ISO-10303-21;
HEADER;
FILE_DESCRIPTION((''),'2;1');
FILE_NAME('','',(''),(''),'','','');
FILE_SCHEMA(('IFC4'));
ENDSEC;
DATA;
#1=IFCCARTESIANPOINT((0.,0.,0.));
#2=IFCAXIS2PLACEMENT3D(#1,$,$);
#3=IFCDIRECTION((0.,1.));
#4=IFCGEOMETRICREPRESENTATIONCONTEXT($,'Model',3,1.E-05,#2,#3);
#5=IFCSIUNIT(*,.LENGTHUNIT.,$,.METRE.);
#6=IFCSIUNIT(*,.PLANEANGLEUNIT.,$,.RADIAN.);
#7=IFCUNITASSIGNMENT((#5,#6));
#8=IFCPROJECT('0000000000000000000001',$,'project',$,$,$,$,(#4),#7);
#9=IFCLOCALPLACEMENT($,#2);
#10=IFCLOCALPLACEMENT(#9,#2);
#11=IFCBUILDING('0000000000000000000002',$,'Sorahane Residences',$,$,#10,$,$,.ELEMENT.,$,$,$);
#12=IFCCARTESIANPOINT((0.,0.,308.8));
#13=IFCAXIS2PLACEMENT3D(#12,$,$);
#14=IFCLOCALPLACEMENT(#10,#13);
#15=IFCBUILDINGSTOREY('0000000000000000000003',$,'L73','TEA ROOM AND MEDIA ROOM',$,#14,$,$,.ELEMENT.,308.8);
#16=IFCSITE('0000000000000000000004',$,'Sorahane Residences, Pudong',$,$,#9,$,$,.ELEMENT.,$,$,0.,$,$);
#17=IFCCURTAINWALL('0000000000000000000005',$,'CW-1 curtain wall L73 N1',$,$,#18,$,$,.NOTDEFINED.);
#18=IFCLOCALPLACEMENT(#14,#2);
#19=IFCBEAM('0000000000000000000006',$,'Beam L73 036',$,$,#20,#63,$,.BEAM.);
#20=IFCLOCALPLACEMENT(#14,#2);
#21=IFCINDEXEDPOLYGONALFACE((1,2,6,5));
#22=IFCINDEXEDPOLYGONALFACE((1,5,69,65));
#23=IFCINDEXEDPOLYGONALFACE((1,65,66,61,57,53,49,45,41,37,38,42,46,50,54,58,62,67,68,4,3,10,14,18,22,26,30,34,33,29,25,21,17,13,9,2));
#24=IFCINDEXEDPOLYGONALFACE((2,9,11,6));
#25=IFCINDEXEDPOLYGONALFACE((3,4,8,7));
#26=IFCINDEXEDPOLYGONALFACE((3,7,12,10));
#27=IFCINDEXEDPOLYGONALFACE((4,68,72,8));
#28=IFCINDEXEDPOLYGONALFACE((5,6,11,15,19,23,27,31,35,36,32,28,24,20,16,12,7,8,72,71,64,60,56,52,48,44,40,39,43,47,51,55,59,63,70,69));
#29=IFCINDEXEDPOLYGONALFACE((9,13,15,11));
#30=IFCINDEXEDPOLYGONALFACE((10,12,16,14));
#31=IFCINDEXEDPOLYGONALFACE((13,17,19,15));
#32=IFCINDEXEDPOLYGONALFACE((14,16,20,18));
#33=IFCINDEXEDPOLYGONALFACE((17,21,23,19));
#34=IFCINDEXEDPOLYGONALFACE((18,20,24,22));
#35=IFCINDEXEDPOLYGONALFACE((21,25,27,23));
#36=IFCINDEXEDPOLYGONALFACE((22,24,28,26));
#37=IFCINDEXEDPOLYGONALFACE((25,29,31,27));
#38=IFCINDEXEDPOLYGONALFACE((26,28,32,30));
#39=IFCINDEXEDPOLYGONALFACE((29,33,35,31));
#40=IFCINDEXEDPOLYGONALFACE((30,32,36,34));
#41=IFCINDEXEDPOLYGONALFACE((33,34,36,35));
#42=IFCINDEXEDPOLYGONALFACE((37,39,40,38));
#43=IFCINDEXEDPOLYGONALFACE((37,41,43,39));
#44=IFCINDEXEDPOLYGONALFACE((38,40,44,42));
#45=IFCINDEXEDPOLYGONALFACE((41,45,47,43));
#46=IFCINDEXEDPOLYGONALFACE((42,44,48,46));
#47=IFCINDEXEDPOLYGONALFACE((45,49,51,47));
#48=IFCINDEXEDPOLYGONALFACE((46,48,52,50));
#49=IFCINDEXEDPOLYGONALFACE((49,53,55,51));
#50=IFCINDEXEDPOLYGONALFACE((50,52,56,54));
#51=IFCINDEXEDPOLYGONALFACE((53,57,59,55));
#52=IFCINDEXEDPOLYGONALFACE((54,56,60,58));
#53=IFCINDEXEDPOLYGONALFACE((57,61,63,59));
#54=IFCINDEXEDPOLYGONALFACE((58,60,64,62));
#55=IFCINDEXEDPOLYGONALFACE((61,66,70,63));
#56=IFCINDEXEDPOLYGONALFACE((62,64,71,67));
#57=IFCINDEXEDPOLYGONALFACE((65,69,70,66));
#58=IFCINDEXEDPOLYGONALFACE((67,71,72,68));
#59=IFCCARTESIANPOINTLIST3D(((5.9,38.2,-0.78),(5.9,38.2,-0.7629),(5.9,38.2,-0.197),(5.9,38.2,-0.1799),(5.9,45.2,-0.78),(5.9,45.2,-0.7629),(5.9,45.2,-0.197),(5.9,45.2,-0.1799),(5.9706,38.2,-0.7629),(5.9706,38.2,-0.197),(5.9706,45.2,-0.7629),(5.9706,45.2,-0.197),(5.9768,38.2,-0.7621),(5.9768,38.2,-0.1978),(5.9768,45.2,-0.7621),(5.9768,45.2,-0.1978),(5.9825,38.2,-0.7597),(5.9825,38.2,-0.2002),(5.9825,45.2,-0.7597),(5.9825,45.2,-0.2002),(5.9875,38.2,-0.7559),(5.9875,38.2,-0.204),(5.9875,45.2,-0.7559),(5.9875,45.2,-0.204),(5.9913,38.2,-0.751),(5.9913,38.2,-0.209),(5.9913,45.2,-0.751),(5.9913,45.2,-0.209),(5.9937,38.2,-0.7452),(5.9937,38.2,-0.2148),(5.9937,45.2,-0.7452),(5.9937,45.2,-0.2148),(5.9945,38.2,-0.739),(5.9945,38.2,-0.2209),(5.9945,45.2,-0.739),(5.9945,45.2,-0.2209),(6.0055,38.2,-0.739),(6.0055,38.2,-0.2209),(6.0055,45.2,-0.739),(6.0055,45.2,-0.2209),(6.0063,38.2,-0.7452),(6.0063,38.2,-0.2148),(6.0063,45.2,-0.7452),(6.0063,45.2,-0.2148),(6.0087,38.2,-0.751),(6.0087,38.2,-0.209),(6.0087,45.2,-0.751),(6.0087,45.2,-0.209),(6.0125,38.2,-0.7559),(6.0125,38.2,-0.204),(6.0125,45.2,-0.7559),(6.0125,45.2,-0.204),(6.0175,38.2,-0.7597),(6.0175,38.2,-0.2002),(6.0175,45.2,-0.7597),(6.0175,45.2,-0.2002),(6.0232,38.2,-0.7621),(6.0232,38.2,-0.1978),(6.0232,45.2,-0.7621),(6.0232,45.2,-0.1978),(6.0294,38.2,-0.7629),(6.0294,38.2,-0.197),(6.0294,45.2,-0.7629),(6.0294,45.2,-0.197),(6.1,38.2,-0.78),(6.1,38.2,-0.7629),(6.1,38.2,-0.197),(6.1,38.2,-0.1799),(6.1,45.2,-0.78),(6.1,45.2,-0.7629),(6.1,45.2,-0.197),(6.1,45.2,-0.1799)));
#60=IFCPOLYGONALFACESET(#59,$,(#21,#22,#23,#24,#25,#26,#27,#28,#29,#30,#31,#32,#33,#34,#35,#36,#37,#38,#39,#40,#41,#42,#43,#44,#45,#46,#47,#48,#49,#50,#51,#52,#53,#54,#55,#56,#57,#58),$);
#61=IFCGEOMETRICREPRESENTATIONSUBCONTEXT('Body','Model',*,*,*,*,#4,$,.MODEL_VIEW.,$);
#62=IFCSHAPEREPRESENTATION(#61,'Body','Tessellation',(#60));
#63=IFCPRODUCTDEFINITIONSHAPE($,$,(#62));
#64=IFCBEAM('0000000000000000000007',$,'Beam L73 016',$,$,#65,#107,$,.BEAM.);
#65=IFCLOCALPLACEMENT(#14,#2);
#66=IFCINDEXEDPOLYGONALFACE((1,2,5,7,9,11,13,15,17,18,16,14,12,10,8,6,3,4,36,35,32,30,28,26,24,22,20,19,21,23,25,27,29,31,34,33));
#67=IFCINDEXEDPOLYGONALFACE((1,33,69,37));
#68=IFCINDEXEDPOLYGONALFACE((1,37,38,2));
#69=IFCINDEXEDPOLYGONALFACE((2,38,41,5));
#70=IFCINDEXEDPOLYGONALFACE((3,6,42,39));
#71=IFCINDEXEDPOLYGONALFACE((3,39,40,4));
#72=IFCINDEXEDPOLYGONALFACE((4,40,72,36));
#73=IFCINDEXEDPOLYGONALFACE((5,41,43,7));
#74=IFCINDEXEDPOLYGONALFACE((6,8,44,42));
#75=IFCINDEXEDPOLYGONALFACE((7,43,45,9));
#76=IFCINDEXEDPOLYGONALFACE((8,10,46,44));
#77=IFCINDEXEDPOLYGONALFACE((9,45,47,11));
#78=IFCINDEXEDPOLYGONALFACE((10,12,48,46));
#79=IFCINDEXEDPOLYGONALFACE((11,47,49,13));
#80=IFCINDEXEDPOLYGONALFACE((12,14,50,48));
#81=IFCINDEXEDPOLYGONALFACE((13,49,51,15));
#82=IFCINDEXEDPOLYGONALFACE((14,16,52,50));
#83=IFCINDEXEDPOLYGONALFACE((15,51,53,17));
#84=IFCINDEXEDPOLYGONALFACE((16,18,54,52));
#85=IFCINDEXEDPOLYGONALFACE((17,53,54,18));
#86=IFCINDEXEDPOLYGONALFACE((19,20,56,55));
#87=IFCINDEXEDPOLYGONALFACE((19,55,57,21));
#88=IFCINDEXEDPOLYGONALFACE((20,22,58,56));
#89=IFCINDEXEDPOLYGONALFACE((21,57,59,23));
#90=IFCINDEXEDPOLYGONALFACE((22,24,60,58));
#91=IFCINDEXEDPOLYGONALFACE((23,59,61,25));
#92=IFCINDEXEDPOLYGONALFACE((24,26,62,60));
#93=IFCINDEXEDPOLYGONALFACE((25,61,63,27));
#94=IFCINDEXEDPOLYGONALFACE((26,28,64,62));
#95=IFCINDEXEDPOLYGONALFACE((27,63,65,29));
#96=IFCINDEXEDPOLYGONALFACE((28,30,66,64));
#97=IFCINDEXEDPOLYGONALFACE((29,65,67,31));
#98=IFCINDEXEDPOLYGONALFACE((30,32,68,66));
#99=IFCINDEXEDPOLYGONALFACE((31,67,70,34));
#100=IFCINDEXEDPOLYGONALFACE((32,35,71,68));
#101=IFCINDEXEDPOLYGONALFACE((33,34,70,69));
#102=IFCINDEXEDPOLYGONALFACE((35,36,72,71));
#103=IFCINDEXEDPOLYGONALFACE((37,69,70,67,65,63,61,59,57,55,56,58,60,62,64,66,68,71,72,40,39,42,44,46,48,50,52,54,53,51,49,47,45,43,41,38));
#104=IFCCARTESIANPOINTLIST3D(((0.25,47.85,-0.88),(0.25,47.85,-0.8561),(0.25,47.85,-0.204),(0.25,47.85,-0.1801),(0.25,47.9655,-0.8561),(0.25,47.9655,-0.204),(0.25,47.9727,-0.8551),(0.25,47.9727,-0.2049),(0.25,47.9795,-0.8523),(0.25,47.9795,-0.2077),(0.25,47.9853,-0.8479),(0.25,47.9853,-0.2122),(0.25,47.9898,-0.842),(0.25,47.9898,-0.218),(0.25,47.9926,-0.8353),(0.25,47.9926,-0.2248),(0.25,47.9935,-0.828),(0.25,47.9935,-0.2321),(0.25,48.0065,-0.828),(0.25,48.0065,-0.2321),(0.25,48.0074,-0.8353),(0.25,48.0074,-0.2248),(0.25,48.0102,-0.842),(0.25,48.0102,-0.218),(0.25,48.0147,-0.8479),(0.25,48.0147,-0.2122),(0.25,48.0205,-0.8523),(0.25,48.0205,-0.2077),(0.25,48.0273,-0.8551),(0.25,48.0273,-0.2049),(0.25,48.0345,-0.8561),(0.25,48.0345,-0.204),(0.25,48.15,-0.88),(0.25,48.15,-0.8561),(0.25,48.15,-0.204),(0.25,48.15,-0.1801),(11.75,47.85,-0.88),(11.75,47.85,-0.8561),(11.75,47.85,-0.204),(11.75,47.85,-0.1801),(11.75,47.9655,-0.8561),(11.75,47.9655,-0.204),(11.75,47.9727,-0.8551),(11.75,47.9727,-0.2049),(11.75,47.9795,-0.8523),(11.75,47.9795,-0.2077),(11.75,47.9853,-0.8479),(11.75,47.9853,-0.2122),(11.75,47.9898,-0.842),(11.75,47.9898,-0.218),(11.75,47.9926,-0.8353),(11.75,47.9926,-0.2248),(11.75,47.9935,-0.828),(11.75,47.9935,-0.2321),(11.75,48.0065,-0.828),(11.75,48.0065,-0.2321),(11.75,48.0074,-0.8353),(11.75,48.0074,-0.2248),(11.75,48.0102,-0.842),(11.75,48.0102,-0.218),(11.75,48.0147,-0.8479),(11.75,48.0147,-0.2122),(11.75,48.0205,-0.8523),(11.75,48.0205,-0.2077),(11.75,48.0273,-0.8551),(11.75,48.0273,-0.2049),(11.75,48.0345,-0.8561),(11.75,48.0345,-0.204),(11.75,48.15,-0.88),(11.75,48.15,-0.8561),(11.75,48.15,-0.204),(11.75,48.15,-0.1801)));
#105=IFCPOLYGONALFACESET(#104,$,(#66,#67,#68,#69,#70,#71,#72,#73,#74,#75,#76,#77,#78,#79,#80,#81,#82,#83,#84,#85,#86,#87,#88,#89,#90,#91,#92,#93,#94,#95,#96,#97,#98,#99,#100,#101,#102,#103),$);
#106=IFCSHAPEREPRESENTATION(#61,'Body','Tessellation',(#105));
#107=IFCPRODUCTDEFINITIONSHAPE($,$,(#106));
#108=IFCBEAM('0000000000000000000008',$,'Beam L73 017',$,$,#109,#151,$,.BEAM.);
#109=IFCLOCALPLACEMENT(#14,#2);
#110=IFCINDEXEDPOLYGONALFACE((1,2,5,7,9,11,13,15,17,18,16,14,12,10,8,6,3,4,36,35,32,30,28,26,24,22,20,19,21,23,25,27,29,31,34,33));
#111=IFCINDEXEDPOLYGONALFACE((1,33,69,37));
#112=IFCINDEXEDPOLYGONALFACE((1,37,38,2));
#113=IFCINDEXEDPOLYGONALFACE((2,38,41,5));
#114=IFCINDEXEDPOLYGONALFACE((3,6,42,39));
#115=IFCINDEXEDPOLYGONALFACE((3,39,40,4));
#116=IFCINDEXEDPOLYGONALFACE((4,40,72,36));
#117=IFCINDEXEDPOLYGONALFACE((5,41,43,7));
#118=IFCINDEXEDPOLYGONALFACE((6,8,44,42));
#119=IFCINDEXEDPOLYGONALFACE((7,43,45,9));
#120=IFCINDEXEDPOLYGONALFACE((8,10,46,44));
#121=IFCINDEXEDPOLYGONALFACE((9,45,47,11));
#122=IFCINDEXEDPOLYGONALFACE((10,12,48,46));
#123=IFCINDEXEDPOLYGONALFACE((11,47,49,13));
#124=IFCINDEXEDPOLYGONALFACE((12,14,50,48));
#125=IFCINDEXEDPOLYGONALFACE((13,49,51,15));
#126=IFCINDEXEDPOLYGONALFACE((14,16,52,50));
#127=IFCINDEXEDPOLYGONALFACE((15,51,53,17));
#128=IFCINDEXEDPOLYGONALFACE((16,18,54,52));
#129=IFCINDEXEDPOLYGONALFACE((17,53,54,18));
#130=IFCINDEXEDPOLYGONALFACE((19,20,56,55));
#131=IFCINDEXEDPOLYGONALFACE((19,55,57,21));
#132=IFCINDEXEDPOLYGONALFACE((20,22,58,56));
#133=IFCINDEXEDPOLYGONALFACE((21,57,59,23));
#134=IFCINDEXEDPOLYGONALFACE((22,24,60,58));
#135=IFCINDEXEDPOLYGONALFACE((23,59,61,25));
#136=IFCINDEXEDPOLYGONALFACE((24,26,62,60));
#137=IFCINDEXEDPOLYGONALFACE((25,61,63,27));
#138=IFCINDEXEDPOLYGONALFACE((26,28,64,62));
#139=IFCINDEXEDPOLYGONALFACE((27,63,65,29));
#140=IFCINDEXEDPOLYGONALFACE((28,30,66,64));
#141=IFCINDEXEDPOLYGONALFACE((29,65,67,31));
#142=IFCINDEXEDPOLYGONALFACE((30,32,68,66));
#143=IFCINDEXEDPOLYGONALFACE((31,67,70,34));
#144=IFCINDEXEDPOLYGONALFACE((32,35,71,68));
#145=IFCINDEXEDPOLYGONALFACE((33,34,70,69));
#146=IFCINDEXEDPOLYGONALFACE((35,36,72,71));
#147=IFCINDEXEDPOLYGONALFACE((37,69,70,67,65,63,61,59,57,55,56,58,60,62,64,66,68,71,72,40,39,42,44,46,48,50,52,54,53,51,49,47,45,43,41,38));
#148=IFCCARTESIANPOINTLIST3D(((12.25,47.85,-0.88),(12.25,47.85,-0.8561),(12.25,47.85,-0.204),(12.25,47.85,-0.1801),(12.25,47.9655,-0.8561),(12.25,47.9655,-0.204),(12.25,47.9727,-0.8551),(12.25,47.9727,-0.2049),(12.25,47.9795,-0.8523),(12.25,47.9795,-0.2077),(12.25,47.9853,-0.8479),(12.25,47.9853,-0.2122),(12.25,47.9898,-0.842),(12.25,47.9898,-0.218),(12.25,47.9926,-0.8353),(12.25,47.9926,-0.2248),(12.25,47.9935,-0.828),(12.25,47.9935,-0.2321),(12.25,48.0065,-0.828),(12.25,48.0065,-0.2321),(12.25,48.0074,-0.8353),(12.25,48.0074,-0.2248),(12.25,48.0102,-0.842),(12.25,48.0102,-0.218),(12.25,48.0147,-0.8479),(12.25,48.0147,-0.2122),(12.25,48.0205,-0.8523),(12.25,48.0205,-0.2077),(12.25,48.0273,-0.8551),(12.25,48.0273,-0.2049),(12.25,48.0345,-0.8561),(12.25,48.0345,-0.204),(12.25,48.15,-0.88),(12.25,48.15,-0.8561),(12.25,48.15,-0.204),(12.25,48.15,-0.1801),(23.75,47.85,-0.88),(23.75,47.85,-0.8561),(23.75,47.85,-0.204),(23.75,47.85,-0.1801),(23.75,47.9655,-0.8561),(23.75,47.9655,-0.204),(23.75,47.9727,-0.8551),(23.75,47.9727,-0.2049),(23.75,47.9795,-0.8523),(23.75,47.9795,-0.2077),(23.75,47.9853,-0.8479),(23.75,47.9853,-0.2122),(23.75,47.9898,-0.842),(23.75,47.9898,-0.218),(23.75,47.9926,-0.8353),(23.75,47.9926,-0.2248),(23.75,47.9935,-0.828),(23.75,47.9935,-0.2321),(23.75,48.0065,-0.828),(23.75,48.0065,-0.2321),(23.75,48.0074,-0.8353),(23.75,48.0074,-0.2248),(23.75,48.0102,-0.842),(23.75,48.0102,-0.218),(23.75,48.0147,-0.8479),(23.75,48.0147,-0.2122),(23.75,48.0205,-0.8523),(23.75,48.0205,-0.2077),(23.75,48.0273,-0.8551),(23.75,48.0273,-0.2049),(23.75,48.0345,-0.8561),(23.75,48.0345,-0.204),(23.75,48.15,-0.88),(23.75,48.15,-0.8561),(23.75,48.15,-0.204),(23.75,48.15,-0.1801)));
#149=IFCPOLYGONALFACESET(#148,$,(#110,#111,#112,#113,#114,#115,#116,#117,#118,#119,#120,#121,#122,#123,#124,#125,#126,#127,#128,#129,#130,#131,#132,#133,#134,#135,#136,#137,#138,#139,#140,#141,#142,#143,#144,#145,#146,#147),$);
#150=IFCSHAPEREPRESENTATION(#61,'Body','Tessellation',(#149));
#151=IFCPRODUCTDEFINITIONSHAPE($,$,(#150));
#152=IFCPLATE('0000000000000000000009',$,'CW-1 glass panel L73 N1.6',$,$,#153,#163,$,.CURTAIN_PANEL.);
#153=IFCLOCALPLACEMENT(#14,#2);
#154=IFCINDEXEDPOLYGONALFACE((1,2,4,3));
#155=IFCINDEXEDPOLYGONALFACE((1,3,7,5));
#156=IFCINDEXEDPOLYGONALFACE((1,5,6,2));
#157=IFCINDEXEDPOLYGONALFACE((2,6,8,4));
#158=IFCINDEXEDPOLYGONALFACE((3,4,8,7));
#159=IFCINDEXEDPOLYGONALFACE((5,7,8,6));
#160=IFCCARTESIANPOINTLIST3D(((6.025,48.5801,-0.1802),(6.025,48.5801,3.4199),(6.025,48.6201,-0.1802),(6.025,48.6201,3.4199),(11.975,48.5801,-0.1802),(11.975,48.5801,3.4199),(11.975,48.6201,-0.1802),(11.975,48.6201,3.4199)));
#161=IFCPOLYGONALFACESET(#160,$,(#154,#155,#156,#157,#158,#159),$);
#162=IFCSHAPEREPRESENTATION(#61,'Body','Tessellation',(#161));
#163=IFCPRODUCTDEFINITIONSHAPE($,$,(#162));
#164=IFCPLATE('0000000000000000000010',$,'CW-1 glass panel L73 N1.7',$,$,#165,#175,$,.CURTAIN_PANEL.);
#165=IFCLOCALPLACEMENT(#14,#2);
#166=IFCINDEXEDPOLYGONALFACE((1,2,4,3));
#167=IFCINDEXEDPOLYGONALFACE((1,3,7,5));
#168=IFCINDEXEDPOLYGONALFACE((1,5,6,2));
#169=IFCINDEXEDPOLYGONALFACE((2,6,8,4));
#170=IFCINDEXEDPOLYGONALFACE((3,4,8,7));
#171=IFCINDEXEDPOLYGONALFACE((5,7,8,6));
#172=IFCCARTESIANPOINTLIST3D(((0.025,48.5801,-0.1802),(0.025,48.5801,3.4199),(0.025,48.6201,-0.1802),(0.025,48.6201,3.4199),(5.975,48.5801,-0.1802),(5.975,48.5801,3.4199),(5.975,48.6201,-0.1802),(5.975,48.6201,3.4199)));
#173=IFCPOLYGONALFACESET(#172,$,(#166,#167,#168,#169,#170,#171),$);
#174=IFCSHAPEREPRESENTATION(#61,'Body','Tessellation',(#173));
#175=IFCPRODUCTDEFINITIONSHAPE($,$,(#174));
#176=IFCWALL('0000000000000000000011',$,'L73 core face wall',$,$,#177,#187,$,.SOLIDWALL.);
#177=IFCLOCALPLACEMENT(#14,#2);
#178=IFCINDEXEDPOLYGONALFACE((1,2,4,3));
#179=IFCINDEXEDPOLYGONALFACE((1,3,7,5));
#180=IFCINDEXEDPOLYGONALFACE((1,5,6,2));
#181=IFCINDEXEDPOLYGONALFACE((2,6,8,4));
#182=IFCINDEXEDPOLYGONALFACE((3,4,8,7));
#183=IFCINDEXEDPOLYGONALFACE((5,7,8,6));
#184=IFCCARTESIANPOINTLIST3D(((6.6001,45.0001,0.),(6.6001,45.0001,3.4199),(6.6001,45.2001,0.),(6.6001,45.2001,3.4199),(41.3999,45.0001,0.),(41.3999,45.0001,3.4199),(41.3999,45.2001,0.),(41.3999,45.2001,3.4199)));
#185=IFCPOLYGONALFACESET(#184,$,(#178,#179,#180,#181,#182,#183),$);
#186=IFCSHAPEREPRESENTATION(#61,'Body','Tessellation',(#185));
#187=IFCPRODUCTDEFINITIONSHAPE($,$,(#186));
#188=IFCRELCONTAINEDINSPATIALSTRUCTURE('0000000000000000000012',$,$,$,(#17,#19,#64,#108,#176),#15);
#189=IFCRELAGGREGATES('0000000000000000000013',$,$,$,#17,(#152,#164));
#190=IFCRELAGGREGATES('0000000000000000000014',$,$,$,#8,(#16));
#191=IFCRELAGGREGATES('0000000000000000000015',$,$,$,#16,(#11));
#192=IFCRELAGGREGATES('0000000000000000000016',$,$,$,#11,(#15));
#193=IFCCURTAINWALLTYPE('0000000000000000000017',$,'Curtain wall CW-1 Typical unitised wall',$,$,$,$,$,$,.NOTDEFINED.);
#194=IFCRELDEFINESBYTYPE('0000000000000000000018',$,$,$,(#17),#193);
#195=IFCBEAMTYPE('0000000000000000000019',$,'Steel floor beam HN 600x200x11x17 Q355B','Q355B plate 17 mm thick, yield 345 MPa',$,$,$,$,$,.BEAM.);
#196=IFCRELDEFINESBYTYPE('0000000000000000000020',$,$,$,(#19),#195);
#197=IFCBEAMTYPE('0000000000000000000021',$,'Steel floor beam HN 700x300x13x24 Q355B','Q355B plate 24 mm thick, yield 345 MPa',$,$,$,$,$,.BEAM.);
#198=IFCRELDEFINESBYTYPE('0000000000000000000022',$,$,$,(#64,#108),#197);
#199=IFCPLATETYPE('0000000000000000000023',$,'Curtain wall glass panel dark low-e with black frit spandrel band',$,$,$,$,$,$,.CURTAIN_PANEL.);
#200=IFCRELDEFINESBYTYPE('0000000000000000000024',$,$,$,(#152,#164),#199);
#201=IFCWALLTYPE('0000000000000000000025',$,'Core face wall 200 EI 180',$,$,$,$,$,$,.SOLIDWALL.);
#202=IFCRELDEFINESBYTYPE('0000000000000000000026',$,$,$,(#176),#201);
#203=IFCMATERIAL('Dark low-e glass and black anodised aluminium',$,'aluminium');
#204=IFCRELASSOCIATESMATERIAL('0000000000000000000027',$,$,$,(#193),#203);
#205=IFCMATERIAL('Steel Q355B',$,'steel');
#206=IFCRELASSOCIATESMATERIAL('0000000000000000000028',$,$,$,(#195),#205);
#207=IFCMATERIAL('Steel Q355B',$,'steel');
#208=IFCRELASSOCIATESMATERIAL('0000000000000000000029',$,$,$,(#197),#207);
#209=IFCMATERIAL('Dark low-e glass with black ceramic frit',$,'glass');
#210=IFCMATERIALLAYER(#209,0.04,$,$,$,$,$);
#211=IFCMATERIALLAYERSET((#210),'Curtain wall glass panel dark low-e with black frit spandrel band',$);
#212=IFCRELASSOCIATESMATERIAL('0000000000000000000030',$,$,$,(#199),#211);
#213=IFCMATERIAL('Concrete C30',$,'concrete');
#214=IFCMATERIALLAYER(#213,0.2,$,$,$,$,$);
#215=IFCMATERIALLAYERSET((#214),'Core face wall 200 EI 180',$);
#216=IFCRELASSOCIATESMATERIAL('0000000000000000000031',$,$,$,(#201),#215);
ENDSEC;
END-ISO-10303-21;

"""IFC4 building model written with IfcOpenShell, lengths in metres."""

from ifc_helpers import new_model, si_unit, direction, frame, frame_2d, origin, origin_2d, place, context, subcontext, project, spatial, rectangle, i_section, extrude, material, layer, layer_set, material_profile, profile_set, type_object, element, aggregate, save


model = new_model("IFC4")

# Units and contexts
model_context = context("Model", 3, precision=1e-05, world=origin(), true_north=direction((0.0, 1.0)))
body_context = subcontext(model_context, "Body", "Model", "MODEL_VIEW")
ifc_project = project(units=[si_unit("LENGTHUNIT", "METRE"), si_unit("PLANEANGLEUNIT", "RADIAN")], contexts=[model_context])

# Site, building, storey
site_placement = place(None, origin())
site = spatial("IfcSite", under=ifc_project, at=site_placement, Name="Sorahane Residences, Pudong", CompositionType="ELEMENT", RefElevation=0.0)
building_placement = place(site_placement, origin())
building = spatial("IfcBuilding", under=site, at=building_placement, Name="Sorahane Residences", CompositionType="ELEMENT")
storey_placement = place(building_placement, frame((0.0, 0.0, 308.8)))
storey = spatial("IfcBuildingStorey", under=building, at=storey_placement, Name="L73", Description="TEA ROOM AND MEDIA ROOM", CompositionType="ELEMENT", Elevation=308.8)

# Curtain wall
ifc_material_1 = material(Name="Dark low-e glass and black anodised aluminium", Category="aluminium")
curtain_wall_type = type_object("IfcCurtainWallType", Name="Curtain wall CW-1 Typical unitised wall", PredefinedType="NOTDEFINED", material=ifc_material_1)
curtain_wall_placement = place(storey_placement, origin())
curtain_wall = element("IfcCurtainWall", 1, at=curtain_wall_placement, inside=storey, type_object=curtain_wall_type, Name="CW-1 curtain wall L73 N1", PredefinedType="NOTDEFINED")

# Beams
ifc_material_2 = material(Name="Steel Q355B", Category="steel")
ifc_material_profile_1 = material_profile(ifc_material_2, i_section(OverallWidth=0.2, OverallDepth=0.6001, WebThickness=0.011, FlangeThickness=0.0171, FilletRadius=0.0239, at=origin_2d()), Name="HN 600x200x11x17")
ifc_profile_set_1 = profile_set([ifc_material_profile_1], Name="Steel Q355B")
beam_type_1 = type_object("IfcBeamType", Name="Steel floor beam HN 600x200x11x17 Q355B", Description="Q355B plate 17 mm thick, yield 345 MPa", PredefinedType="BEAM", material=ifc_profile_set_1)
beam_1_placement = place(storey_placement, frame((6.0, 38.2, -0.48), z_axis=(0.0, 1.0, 0.0), x_axis=(-1.0, 0.0, 0.0)))
element("IfcBeam", 2, at=beam_1_placement, inside=storey, type_object=beam_type_1, Name="Beam L73 036", PredefinedType="BEAM", context=body_context, shape_type="SweptSolid", body=[
    extrude(i_section(OverallWidth=0.2, OverallDepth=0.6001, WebThickness=0.011, FlangeThickness=0.0171, FilletRadius=0.0239, at=origin_2d()), origin(), (0.0, 0.0, 1.0), 7.0),
])
ifc_material_3 = material(Name="Steel Q355B", Category="steel")
ifc_material_profile_2 = material_profile(ifc_material_3, i_section(OverallWidth=0.3, OverallDepth=0.7, WebThickness=0.0129, FlangeThickness=0.0239, FilletRadius=0.0281, at=origin_2d()), Name="HN 700x300x13x24")
ifc_profile_set_2 = profile_set([ifc_material_profile_2], Name="Steel Q355B")
beam_type_2 = type_object("IfcBeamType", Name="Steel floor beam HN 700x300x13x24 Q355B", Description="Q355B plate 24 mm thick, yield 345 MPa", PredefinedType="BEAM", material=ifc_profile_set_2)
for number, where, z_axis, x_axis, name in (
    (3, (0.25, 48.0, -0.53), (1.0, 0.0, 0.0), (0.0, 1.0, 0.0), "Beam L73 016"),
    (4, (12.25, 48.0, -0.53), (1.0, 0.0, 0.0), (0.0, 1.0, 0.0), "Beam L73 017"),
):
    element("IfcBeam", number, at=place(storey_placement, frame(where, z_axis=z_axis, x_axis=x_axis)), inside=storey, type_object=beam_type_2, Name=name, PredefinedType="BEAM", context=body_context, shape_type="SweptSolid", body=[
        extrude(i_section(OverallWidth=0.3, OverallDepth=0.7, WebThickness=0.0129, FlangeThickness=0.0239, FilletRadius=0.0281, at=origin_2d()), origin(), (0.0, 0.0, 1.0), 11.5),
    ])

# Plates
ifc_material_4 = material(Name="Dark low-e glass with black ceramic frit", Category="glass")
ifc_layer_1 = layer(ifc_material_4, 0.04)
ifc_layer_set_1 = layer_set([ifc_layer_1], Name="Curtain wall glass panel dark low-e with black frit spandrel band")
plate_type = type_object("IfcPlateType", Name="Curtain wall glass panel dark low-e with black frit spandrel band", PredefinedType="CURTAIN_PANEL", material=ifc_layer_set_1)
plate_1_placement = place(storey_placement, frame((9.0, 48.6001, -0.1802), z_axis=(0.0, 0.0, 1.0), x_axis=(-1.0, 0.0, 0.0)))
plate_1 = element("IfcPlate", 5, at=plate_1_placement, type_object=plate_type, Name="CW-1 glass panel L73 N1.6", PredefinedType="CURTAIN_PANEL", context=body_context, shape_type="SweptSolid", body=[
    extrude(rectangle(XDim=5.95, YDim=0.04, at=origin_2d()), origin(), (0.0, 0.0, 1.0), 3.6001),
])
plate_2_placement = place(storey_placement, frame((3.0, 48.6001, -0.1802), z_axis=(0.0, 0.0, 1.0), x_axis=(-1.0, 0.0, 0.0)))
plate_2 = element("IfcPlate", 6, at=plate_2_placement, type_object=plate_type, Name="CW-1 glass panel L73 N1.7", PredefinedType="CURTAIN_PANEL", context=body_context, shape_type="SweptSolid", body=[
    extrude(rectangle(XDim=5.95, YDim=0.04, at=origin_2d()), origin(), (0.0, 0.0, 1.0), 3.6001),
])
aggregate(curtain_wall, [plate_1, plate_2])

# Wall
ifc_material_5 = material(Name="Concrete C30", Category="concrete")
ifc_layer_2 = layer(ifc_material_5, 0.2)
ifc_layer_set_2 = layer_set([ifc_layer_2], Name="Core face wall 200 EI 180")
wall_type_1 = type_object("IfcWallType", Name="Core face wall 200 EI 180", PredefinedType="SOLIDWALL", material=ifc_layer_set_2)
wall_1_placement = place(storey_placement, frame((6.6001, 45.1001, 0.0), z_axis=(0.0, 0.0, 1.0), x_axis=(1.0, 0.0, 0.0)))
element("IfcWall", 7, at=wall_1_placement, inside=storey, type_object=wall_type_1, Name="L73 core face wall", PredefinedType="SOLIDWALL", context=body_context, shape_type="SweptSolid", body=[
    extrude(rectangle(XDim=34.7998, YDim=0.2, at=frame_2d((17.3999, 0.0))), origin(), (0.0, 0.0, 1.0), 3.4199),
])

save(model, "model.ifc")
